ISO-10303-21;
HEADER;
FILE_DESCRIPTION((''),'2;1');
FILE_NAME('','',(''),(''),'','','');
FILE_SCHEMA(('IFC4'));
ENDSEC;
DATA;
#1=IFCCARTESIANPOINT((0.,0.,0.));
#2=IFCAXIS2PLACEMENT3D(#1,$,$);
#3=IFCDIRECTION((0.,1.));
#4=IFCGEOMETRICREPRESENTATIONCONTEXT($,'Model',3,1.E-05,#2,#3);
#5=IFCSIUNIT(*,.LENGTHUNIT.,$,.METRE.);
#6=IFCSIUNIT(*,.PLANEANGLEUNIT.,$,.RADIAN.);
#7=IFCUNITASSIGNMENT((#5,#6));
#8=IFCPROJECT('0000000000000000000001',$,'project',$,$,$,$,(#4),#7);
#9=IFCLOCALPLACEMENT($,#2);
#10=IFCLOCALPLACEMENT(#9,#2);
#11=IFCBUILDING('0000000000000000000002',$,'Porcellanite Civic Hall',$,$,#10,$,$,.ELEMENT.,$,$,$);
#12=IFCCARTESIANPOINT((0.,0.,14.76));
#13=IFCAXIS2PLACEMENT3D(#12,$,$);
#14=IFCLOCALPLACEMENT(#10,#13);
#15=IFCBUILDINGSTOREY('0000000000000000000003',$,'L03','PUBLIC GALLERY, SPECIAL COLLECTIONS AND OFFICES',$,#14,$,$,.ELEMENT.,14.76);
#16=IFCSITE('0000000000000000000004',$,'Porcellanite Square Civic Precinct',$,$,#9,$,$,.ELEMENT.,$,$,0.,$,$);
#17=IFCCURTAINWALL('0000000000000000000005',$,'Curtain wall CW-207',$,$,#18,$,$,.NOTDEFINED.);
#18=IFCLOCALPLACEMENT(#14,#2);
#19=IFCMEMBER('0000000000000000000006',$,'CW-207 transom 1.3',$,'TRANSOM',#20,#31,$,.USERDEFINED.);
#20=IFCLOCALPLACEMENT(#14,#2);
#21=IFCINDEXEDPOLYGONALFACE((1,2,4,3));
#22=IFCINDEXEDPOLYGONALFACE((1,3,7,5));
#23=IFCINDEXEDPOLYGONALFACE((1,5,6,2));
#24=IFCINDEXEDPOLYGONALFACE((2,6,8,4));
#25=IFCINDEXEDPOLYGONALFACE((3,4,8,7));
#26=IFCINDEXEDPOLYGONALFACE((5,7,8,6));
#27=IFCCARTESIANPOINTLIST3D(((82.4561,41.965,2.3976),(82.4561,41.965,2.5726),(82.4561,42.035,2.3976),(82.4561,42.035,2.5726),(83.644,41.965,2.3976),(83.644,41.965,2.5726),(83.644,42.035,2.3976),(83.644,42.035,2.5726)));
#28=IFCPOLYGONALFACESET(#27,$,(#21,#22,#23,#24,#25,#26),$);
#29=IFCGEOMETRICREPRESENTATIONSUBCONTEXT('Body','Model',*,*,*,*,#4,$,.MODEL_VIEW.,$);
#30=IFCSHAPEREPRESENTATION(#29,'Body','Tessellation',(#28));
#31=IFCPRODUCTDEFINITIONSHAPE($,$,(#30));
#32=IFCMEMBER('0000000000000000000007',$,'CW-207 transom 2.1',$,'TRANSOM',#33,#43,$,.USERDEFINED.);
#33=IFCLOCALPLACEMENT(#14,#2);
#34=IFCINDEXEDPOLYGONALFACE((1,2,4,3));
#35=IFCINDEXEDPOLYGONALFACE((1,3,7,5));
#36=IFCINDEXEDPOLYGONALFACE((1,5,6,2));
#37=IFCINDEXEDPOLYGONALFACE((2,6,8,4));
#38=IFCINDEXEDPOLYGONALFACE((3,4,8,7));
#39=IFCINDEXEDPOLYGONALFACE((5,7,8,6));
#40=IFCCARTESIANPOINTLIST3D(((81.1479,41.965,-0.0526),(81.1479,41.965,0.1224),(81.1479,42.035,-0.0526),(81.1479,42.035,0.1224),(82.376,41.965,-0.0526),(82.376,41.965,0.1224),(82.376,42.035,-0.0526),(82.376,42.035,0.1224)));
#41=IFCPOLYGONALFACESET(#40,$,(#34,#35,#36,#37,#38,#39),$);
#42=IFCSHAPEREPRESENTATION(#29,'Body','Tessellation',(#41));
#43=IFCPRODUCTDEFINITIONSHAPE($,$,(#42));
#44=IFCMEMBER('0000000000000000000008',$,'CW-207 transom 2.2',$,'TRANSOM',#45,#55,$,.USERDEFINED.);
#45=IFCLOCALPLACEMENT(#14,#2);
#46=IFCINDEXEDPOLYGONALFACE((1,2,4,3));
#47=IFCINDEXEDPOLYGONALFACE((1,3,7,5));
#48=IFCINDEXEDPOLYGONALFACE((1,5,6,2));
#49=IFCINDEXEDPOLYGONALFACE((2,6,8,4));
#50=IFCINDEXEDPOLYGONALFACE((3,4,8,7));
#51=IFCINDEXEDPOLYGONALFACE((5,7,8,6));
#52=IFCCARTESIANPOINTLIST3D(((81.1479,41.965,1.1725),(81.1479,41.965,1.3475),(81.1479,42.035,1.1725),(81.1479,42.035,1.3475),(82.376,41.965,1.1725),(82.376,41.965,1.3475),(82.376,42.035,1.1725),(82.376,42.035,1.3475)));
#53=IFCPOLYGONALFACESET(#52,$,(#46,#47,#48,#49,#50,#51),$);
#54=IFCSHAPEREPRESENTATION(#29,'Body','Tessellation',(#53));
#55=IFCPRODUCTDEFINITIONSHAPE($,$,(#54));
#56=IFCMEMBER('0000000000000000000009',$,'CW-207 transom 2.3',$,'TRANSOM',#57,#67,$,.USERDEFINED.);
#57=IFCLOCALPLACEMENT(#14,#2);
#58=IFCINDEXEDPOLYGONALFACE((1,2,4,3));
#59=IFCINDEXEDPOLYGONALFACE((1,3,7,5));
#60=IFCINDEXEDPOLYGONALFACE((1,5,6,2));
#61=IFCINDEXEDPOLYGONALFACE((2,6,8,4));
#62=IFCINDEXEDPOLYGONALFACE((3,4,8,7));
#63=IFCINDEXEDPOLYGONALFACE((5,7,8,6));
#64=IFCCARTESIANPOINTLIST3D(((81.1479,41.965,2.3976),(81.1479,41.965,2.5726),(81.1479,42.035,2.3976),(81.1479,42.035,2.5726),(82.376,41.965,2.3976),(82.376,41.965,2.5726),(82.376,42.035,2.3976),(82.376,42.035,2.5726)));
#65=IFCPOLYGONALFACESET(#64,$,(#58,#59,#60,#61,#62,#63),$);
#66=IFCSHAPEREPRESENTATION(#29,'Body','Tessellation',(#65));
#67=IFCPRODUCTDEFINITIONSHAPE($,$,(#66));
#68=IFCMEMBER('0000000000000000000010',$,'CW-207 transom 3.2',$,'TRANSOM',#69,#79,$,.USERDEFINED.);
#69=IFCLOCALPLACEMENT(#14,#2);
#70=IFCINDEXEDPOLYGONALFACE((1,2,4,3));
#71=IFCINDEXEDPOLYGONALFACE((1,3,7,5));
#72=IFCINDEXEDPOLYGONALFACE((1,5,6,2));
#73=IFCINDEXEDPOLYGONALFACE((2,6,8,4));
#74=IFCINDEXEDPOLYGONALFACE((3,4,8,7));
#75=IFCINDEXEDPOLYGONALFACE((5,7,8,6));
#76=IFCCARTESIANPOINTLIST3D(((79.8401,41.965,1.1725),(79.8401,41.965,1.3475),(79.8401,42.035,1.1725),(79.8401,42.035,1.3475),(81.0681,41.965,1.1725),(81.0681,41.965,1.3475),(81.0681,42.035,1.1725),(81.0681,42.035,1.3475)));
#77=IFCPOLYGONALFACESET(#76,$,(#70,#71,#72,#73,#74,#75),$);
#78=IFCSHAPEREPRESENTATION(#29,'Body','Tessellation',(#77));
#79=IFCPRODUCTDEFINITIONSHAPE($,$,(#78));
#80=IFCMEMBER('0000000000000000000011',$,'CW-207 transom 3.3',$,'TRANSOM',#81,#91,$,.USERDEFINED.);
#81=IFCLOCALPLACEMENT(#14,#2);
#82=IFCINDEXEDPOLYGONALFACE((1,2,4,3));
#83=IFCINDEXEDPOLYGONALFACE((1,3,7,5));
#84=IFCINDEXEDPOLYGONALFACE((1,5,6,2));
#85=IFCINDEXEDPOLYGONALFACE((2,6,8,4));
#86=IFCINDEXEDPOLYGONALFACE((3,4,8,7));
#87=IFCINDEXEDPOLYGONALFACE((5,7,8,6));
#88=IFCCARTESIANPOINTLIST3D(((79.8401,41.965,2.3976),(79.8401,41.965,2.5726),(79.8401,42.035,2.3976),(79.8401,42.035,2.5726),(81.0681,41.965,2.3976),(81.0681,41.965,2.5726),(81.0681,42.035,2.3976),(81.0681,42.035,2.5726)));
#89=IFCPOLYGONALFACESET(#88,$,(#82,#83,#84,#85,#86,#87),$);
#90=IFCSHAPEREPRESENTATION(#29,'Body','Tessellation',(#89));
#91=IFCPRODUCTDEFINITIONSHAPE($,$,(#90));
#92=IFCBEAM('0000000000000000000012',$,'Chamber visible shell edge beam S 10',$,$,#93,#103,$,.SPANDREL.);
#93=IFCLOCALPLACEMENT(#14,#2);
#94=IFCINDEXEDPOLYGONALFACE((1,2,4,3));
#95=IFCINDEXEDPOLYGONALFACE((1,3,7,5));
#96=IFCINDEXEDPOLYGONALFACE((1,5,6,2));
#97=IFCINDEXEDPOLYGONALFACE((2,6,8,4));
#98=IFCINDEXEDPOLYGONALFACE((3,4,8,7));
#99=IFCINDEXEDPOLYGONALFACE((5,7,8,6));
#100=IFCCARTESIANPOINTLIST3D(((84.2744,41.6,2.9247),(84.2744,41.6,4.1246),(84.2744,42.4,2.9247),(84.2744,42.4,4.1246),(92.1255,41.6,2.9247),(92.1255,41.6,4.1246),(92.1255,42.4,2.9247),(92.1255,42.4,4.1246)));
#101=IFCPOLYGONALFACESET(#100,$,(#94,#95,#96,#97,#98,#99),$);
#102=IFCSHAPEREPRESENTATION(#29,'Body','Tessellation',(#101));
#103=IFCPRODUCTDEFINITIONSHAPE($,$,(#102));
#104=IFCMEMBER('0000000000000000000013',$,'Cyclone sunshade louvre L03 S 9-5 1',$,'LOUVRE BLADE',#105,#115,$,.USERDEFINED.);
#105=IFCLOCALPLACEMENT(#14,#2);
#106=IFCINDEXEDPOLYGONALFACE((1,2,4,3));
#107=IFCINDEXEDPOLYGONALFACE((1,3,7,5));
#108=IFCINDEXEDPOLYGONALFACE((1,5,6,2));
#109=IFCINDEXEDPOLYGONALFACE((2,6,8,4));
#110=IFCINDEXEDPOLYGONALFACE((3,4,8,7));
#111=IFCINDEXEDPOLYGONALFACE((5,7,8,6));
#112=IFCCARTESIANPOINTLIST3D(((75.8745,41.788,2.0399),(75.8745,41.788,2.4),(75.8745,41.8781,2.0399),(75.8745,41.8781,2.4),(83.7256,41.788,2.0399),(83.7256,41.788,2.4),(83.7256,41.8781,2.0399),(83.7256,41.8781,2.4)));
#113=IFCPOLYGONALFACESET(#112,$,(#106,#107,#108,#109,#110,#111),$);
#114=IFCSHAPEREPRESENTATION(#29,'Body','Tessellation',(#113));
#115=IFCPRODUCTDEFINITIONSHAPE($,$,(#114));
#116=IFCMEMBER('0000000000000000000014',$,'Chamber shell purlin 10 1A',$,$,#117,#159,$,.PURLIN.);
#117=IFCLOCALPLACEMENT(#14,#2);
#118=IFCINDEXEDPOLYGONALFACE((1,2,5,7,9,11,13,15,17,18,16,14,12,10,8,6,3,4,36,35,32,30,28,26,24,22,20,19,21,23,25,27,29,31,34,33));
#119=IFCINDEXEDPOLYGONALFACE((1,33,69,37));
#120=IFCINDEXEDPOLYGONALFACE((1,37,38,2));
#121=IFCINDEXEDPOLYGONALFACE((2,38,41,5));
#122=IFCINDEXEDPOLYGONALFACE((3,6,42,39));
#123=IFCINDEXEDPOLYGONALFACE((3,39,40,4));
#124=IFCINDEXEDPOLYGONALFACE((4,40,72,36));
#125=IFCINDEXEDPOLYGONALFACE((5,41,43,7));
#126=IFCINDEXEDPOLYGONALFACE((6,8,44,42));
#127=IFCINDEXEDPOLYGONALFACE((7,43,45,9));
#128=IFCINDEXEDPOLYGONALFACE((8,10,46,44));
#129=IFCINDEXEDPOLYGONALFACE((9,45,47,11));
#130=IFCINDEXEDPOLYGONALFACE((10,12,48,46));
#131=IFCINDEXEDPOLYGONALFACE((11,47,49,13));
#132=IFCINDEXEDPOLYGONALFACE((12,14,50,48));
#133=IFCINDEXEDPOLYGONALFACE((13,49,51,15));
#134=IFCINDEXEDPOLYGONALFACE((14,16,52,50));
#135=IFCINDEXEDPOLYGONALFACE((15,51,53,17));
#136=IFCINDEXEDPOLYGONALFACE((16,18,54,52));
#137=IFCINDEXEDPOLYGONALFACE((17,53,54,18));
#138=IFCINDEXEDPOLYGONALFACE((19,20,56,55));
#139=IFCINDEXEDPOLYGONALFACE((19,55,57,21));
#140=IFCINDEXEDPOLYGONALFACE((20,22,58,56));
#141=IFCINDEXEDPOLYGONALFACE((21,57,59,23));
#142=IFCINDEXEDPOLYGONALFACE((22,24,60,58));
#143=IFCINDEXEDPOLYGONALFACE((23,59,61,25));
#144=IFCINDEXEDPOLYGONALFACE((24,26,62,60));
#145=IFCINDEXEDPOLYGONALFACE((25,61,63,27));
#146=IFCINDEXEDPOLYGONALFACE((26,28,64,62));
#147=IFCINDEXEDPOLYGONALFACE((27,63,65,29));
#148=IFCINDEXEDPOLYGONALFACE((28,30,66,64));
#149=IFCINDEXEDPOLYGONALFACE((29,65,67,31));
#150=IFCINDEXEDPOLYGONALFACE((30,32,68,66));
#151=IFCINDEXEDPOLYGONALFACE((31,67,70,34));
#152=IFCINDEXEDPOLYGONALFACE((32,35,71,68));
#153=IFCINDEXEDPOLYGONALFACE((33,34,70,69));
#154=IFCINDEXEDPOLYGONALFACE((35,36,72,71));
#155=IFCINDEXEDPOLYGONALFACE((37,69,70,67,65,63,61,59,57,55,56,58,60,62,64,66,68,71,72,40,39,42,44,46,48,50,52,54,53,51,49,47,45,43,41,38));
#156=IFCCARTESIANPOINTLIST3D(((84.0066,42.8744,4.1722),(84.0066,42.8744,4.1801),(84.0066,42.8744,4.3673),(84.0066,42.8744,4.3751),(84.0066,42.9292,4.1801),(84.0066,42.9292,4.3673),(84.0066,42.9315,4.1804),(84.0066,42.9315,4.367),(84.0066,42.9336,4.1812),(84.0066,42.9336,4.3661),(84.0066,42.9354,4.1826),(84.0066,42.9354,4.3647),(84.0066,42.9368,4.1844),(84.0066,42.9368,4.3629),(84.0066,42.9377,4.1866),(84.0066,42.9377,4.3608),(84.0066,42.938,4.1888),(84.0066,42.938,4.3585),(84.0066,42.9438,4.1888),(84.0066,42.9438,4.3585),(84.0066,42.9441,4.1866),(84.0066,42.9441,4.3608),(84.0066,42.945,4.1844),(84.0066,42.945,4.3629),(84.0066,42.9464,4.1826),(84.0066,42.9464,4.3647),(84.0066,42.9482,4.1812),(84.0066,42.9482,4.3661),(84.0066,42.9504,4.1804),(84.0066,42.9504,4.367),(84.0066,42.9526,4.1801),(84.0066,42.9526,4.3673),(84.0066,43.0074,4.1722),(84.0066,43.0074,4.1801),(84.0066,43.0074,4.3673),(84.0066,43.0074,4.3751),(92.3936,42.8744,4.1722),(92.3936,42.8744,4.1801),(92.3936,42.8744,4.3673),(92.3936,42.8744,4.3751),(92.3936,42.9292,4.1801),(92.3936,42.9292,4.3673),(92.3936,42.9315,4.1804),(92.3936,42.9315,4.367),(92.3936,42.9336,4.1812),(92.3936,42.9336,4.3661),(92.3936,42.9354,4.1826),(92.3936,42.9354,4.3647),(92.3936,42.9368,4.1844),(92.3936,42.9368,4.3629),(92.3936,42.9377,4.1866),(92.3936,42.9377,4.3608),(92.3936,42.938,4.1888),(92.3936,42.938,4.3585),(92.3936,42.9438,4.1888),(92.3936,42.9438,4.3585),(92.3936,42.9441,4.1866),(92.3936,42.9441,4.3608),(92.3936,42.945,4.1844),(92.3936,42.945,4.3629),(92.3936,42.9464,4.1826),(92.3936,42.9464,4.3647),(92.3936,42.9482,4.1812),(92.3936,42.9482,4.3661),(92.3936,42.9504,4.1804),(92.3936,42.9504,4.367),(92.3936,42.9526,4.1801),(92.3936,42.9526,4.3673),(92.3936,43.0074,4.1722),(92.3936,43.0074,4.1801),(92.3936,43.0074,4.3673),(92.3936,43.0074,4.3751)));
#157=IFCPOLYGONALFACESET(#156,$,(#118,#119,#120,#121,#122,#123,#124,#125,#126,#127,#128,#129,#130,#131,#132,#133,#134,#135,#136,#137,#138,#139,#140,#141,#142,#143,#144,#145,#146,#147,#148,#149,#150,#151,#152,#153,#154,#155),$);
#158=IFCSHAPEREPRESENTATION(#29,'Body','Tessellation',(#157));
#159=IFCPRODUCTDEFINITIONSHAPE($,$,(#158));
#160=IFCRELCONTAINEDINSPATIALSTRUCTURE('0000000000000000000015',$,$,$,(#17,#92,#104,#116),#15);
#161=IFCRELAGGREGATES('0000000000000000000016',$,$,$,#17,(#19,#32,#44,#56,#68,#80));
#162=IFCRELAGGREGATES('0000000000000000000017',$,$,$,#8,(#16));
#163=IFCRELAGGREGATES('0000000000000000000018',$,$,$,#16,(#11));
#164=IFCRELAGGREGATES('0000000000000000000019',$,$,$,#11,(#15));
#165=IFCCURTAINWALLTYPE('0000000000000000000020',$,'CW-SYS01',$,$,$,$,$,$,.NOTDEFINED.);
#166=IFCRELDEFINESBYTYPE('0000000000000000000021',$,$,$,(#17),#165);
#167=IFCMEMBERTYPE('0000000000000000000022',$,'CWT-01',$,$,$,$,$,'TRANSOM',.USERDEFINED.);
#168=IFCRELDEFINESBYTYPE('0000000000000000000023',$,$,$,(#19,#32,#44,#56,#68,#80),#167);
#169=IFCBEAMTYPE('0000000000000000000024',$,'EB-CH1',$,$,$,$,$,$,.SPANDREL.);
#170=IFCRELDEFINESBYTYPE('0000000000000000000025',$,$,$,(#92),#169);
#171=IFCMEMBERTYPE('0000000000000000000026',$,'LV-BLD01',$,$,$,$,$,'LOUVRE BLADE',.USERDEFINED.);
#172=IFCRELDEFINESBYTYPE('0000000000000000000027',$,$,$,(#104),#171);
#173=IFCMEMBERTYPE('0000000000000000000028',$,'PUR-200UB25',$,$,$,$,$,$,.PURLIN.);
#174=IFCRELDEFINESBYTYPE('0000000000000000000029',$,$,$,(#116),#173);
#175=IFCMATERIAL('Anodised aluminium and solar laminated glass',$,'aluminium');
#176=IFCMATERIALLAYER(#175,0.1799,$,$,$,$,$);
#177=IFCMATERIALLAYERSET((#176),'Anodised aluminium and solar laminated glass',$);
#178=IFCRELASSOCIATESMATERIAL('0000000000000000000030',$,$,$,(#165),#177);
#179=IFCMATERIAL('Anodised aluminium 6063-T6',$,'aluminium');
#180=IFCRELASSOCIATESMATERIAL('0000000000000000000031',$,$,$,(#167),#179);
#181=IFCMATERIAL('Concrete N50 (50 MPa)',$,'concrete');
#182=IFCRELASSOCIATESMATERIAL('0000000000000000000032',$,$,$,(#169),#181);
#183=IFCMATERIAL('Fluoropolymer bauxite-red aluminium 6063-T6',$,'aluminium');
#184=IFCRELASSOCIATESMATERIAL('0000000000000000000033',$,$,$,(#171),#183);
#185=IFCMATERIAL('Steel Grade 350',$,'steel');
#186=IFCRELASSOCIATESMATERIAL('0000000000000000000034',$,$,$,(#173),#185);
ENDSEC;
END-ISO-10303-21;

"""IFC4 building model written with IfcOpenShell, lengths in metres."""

from ifc_helpers import new_model, si_unit, direction, frame, origin, origin_2d, place, context, subcontext, project, spatial, rectangle, i_section, extrude, material, layer, layer_set, material_profile, profile_set, type_object, element, aggregate, save


model = new_model("IFC4")

# Units and contexts
model_context = context("Model", 3, precision=1e-05, world=origin(), true_north=direction((0.0, 1.0)))
body_context = subcontext(model_context, "Body", "Model", "MODEL_VIEW")
ifc_project = project(units=[si_unit("LENGTHUNIT", "METRE"), si_unit("PLANEANGLEUNIT", "RADIAN")], contexts=[model_context])

# Site, building, storey
site_placement = place(None, origin())
site = spatial("IfcSite", under=ifc_project, at=site_placement, Name="Porcellanite Square Civic Precinct", CompositionType="ELEMENT", RefElevation=0.0)
building_placement = place(site_placement, origin())
building = spatial("IfcBuilding", under=site, at=building_placement, Name="Porcellanite Civic Hall", CompositionType="ELEMENT")
storey_placement = place(building_placement, frame((0.0, 0.0, 14.76)))
storey = spatial("IfcBuildingStorey", under=building, at=storey_placement, Name="L03", Description="PUBLIC GALLERY, SPECIAL COLLECTIONS AND OFFICES", CompositionType="ELEMENT", Elevation=14.76)

# Curtain wall, members
ifc_material_1 = material(Name="Anodised aluminium and solar laminated glass", Category="aluminium")
ifc_layer_1 = layer(ifc_material_1, 0.1799)
ifc_layer_set_1 = layer_set([ifc_layer_1], Name="Anodised aluminium and solar laminated glass")
curtain_wall_type = type_object("IfcCurtainWallType", Name="CW-SYS01", PredefinedType="NOTDEFINED", material=ifc_layer_set_1)
curtain_wall_placement = place(storey_placement, origin())
curtain_wall = element("IfcCurtainWall", 1, at=curtain_wall_placement, inside=storey, type_object=curtain_wall_type, Name="Curtain wall CW-207", PredefinedType="NOTDEFINED")
ifc_material_2 = material(Name="Anodised aluminium 6063-T6", Category="aluminium")
ifc_material_profile_1 = material_profile(ifc_material_2, rectangle(XDim=0.0701, YDim=0.175, at=origin_2d()), Name="AL-70x175")
ifc_profile_set_1 = profile_set([ifc_material_profile_1], Name="Anodised aluminium 6063-T6")
member_type_1 = type_object("IfcMemberType", Name="CWT-01", ElementType="TRANSOM", PredefinedType="USERDEFINED", material=ifc_profile_set_1)
member_1_placement = place(storey_placement, frame((83.644, 42.0, 2.4851), z_axis=(-1.0, 0.0, 0.0), x_axis=(0.0, -1.0, 0.0)))
member_1 = element("IfcMember", 2, at=member_1_placement, type_object=member_type_1, Name="CW-207 transom 1.3", ObjectType="TRANSOM", PredefinedType="USERDEFINED", context=body_context, shape_type="SweptSolid", body=[
    extrude(rectangle(XDim=0.0701, YDim=0.175, at=origin_2d()), origin(), (0.0, 0.0, 1.0), 1.188),
])
member_2_placement = place(storey_placement, frame((82.376, 42.0, 0.0349), z_axis=(-1.0, 0.0, 0.0), x_axis=(0.0, -1.0, 0.0)))
member_2 = element("IfcMember", 3, at=member_2_placement, type_object=member_type_1, Name="CW-207 transom 2.1", ObjectType="TRANSOM", PredefinedType="USERDEFINED", context=body_context, shape_type="SweptSolid", body=[
    extrude(rectangle(XDim=0.0701, YDim=0.175, at=origin_2d()), origin(), (0.0, 0.0, 1.0), 1.228),
])
member_3_placement = place(storey_placement, frame((82.376, 42.0, 1.26), z_axis=(-1.0, 0.0, 0.0), x_axis=(0.0, -1.0, 0.0)))
member_3 = element("IfcMember", 4, at=member_3_placement, type_object=member_type_1, Name="CW-207 transom 2.2", ObjectType="TRANSOM", PredefinedType="USERDEFINED", context=body_context, shape_type="SweptSolid", body=[
    extrude(rectangle(XDim=0.0701, YDim=0.175, at=origin_2d()), origin(), (0.0, 0.0, 1.0), 1.228),
])
member_4_placement = place(storey_placement, frame((82.376, 42.0, 2.4851), z_axis=(-1.0, 0.0, 0.0), x_axis=(0.0, -1.0, 0.0)))
member_4 = element("IfcMember", 5, at=member_4_placement, type_object=member_type_1, Name="CW-207 transom 2.3", ObjectType="TRANSOM", PredefinedType="USERDEFINED", context=body_context, shape_type="SweptSolid", body=[
    extrude(rectangle(XDim=0.0701, YDim=0.175, at=origin_2d()), origin(), (0.0, 0.0, 1.0), 1.228),
])
member_5_placement = place(storey_placement, frame((81.0681, 42.0, 1.26), z_axis=(-1.0, 0.0, 0.0), x_axis=(0.0, -1.0, 0.0)))
member_5 = element("IfcMember", 6, at=member_5_placement, type_object=member_type_1, Name="CW-207 transom 3.2", ObjectType="TRANSOM", PredefinedType="USERDEFINED", context=body_context, shape_type="SweptSolid", body=[
    extrude(rectangle(XDim=0.0701, YDim=0.175, at=origin_2d()), origin(), (0.0, 0.0, 1.0), 1.228),
])
member_6_placement = place(storey_placement, frame((81.0681, 42.0, 2.4851), z_axis=(-1.0, 0.0, 0.0), x_axis=(0.0, -1.0, 0.0)))
member_6 = element("IfcMember", 7, at=member_6_placement, type_object=member_type_1, Name="CW-207 transom 3.3", ObjectType="TRANSOM", PredefinedType="USERDEFINED", context=body_context, shape_type="SweptSolid", body=[
    extrude(rectangle(XDim=0.0701, YDim=0.175, at=origin_2d()), origin(), (0.0, 0.0, 1.0), 1.228),
])

# Beam
ifc_material_3 = material(Name="Concrete N50 (50 MPa)", Category="concrete")
ifc_material_profile_2 = material_profile(ifc_material_3, rectangle(XDim=0.8, YDim=1.2, at=origin_2d()), Name="RC-800x1200")
ifc_profile_set_2 = profile_set([ifc_material_profile_2], Name="Concrete N50 (50 MPa)")
beam_type_1 = type_object("IfcBeamType", Name="EB-CH1", PredefinedType="SPANDREL", material=ifc_profile_set_2)
beam_1_placement = place(storey_placement, frame((84.2744, 42.0, 3.5247), z_axis=(1.0, 0.0, 0.0), x_axis=(0.0, 1.0, 0.0)))
element("IfcBeam", 8, at=beam_1_placement, inside=storey, type_object=beam_type_1, Name="Chamber visible shell edge beam S 10", PredefinedType="SPANDREL", context=body_context, shape_type="SweptSolid", body=[
    extrude(rectangle(XDim=0.8, YDim=1.2, at=origin_2d()), origin(), (0.0, 0.0, 1.0), 7.8511),
])

# Members
ifc_material_4 = material(Name="Fluoropolymer bauxite-red aluminium 6063-T6", Category="aluminium")
ifc_material_profile_3 = material_profile(ifc_material_4, rectangle(XDim=0.0901, YDim=0.3601, at=origin_2d()), Name="AL-90x360")
ifc_profile_set_3 = profile_set([ifc_material_profile_3], Name="Fluoropolymer bauxite-red aluminium 6063-T6")
member_type_2 = type_object("IfcMemberType", Name="LV-BLD01", ElementType="LOUVRE BLADE", PredefinedType="USERDEFINED", material=ifc_profile_set_3)
member_7_placement = place(storey_placement, frame((83.7256, 41.833, 2.22), z_axis=(-1.0, 0.0, 0.0), x_axis=(0.0, -1.0, 0.0)))
element("IfcMember", 9, at=member_7_placement, inside=storey, type_object=member_type_2, Name="Cyclone sunshade louvre L03 S 9-5 1", ObjectType="LOUVRE BLADE", PredefinedType="USERDEFINED", context=body_context, shape_type="SweptSolid", body=[
    extrude(rectangle(XDim=0.0901, YDim=0.3601, at=origin_2d()), origin(), (0.0, 0.0, 1.0), 7.8511),
])
ifc_material_5 = material(Name="Steel Grade 350", Category="steel")
ifc_material_profile_4 = material_profile(ifc_material_5, i_section(OverallWidth=0.1331, OverallDepth=0.2029, WebThickness=0.0059, FlangeThickness=0.0078, FilletRadius=0.0088, at=origin_2d()), Name="200UB25.4")
ifc_profile_set_4 = profile_set([ifc_material_profile_4], Name="Steel Grade 350")
member_type_3 = type_object("IfcMemberType", Name="PUR-200UB25", PredefinedType="PURLIN", material=ifc_profile_set_4)
for number, where, z_axis, x_axis, name in (
    (10, (84.0066, 42.9409, 4.2737), (1.0, 0.0, 0.0), (0.0, 1.0, 0.0), "Chamber shell purlin 10 1A"),
):
    element("IfcMember", number, at=place(storey_placement, frame(where, z_axis=z_axis, x_axis=x_axis)), inside=storey, type_object=member_type_3, Name=name, PredefinedType="PURLIN", context=body_context, shape_type="SweptSolid", body=[
        extrude(i_section(OverallWidth=0.1331, OverallDepth=0.2029, WebThickness=0.0059, FlangeThickness=0.0078, FilletRadius=0.0088, at=origin_2d()), origin(), (0.0, 0.0, 1.0), 8.387),
    ])

aggregate(curtain_wall, [member_1, member_2, member_3, member_4, member_5, member_6])

save(model, "model.ifc")
